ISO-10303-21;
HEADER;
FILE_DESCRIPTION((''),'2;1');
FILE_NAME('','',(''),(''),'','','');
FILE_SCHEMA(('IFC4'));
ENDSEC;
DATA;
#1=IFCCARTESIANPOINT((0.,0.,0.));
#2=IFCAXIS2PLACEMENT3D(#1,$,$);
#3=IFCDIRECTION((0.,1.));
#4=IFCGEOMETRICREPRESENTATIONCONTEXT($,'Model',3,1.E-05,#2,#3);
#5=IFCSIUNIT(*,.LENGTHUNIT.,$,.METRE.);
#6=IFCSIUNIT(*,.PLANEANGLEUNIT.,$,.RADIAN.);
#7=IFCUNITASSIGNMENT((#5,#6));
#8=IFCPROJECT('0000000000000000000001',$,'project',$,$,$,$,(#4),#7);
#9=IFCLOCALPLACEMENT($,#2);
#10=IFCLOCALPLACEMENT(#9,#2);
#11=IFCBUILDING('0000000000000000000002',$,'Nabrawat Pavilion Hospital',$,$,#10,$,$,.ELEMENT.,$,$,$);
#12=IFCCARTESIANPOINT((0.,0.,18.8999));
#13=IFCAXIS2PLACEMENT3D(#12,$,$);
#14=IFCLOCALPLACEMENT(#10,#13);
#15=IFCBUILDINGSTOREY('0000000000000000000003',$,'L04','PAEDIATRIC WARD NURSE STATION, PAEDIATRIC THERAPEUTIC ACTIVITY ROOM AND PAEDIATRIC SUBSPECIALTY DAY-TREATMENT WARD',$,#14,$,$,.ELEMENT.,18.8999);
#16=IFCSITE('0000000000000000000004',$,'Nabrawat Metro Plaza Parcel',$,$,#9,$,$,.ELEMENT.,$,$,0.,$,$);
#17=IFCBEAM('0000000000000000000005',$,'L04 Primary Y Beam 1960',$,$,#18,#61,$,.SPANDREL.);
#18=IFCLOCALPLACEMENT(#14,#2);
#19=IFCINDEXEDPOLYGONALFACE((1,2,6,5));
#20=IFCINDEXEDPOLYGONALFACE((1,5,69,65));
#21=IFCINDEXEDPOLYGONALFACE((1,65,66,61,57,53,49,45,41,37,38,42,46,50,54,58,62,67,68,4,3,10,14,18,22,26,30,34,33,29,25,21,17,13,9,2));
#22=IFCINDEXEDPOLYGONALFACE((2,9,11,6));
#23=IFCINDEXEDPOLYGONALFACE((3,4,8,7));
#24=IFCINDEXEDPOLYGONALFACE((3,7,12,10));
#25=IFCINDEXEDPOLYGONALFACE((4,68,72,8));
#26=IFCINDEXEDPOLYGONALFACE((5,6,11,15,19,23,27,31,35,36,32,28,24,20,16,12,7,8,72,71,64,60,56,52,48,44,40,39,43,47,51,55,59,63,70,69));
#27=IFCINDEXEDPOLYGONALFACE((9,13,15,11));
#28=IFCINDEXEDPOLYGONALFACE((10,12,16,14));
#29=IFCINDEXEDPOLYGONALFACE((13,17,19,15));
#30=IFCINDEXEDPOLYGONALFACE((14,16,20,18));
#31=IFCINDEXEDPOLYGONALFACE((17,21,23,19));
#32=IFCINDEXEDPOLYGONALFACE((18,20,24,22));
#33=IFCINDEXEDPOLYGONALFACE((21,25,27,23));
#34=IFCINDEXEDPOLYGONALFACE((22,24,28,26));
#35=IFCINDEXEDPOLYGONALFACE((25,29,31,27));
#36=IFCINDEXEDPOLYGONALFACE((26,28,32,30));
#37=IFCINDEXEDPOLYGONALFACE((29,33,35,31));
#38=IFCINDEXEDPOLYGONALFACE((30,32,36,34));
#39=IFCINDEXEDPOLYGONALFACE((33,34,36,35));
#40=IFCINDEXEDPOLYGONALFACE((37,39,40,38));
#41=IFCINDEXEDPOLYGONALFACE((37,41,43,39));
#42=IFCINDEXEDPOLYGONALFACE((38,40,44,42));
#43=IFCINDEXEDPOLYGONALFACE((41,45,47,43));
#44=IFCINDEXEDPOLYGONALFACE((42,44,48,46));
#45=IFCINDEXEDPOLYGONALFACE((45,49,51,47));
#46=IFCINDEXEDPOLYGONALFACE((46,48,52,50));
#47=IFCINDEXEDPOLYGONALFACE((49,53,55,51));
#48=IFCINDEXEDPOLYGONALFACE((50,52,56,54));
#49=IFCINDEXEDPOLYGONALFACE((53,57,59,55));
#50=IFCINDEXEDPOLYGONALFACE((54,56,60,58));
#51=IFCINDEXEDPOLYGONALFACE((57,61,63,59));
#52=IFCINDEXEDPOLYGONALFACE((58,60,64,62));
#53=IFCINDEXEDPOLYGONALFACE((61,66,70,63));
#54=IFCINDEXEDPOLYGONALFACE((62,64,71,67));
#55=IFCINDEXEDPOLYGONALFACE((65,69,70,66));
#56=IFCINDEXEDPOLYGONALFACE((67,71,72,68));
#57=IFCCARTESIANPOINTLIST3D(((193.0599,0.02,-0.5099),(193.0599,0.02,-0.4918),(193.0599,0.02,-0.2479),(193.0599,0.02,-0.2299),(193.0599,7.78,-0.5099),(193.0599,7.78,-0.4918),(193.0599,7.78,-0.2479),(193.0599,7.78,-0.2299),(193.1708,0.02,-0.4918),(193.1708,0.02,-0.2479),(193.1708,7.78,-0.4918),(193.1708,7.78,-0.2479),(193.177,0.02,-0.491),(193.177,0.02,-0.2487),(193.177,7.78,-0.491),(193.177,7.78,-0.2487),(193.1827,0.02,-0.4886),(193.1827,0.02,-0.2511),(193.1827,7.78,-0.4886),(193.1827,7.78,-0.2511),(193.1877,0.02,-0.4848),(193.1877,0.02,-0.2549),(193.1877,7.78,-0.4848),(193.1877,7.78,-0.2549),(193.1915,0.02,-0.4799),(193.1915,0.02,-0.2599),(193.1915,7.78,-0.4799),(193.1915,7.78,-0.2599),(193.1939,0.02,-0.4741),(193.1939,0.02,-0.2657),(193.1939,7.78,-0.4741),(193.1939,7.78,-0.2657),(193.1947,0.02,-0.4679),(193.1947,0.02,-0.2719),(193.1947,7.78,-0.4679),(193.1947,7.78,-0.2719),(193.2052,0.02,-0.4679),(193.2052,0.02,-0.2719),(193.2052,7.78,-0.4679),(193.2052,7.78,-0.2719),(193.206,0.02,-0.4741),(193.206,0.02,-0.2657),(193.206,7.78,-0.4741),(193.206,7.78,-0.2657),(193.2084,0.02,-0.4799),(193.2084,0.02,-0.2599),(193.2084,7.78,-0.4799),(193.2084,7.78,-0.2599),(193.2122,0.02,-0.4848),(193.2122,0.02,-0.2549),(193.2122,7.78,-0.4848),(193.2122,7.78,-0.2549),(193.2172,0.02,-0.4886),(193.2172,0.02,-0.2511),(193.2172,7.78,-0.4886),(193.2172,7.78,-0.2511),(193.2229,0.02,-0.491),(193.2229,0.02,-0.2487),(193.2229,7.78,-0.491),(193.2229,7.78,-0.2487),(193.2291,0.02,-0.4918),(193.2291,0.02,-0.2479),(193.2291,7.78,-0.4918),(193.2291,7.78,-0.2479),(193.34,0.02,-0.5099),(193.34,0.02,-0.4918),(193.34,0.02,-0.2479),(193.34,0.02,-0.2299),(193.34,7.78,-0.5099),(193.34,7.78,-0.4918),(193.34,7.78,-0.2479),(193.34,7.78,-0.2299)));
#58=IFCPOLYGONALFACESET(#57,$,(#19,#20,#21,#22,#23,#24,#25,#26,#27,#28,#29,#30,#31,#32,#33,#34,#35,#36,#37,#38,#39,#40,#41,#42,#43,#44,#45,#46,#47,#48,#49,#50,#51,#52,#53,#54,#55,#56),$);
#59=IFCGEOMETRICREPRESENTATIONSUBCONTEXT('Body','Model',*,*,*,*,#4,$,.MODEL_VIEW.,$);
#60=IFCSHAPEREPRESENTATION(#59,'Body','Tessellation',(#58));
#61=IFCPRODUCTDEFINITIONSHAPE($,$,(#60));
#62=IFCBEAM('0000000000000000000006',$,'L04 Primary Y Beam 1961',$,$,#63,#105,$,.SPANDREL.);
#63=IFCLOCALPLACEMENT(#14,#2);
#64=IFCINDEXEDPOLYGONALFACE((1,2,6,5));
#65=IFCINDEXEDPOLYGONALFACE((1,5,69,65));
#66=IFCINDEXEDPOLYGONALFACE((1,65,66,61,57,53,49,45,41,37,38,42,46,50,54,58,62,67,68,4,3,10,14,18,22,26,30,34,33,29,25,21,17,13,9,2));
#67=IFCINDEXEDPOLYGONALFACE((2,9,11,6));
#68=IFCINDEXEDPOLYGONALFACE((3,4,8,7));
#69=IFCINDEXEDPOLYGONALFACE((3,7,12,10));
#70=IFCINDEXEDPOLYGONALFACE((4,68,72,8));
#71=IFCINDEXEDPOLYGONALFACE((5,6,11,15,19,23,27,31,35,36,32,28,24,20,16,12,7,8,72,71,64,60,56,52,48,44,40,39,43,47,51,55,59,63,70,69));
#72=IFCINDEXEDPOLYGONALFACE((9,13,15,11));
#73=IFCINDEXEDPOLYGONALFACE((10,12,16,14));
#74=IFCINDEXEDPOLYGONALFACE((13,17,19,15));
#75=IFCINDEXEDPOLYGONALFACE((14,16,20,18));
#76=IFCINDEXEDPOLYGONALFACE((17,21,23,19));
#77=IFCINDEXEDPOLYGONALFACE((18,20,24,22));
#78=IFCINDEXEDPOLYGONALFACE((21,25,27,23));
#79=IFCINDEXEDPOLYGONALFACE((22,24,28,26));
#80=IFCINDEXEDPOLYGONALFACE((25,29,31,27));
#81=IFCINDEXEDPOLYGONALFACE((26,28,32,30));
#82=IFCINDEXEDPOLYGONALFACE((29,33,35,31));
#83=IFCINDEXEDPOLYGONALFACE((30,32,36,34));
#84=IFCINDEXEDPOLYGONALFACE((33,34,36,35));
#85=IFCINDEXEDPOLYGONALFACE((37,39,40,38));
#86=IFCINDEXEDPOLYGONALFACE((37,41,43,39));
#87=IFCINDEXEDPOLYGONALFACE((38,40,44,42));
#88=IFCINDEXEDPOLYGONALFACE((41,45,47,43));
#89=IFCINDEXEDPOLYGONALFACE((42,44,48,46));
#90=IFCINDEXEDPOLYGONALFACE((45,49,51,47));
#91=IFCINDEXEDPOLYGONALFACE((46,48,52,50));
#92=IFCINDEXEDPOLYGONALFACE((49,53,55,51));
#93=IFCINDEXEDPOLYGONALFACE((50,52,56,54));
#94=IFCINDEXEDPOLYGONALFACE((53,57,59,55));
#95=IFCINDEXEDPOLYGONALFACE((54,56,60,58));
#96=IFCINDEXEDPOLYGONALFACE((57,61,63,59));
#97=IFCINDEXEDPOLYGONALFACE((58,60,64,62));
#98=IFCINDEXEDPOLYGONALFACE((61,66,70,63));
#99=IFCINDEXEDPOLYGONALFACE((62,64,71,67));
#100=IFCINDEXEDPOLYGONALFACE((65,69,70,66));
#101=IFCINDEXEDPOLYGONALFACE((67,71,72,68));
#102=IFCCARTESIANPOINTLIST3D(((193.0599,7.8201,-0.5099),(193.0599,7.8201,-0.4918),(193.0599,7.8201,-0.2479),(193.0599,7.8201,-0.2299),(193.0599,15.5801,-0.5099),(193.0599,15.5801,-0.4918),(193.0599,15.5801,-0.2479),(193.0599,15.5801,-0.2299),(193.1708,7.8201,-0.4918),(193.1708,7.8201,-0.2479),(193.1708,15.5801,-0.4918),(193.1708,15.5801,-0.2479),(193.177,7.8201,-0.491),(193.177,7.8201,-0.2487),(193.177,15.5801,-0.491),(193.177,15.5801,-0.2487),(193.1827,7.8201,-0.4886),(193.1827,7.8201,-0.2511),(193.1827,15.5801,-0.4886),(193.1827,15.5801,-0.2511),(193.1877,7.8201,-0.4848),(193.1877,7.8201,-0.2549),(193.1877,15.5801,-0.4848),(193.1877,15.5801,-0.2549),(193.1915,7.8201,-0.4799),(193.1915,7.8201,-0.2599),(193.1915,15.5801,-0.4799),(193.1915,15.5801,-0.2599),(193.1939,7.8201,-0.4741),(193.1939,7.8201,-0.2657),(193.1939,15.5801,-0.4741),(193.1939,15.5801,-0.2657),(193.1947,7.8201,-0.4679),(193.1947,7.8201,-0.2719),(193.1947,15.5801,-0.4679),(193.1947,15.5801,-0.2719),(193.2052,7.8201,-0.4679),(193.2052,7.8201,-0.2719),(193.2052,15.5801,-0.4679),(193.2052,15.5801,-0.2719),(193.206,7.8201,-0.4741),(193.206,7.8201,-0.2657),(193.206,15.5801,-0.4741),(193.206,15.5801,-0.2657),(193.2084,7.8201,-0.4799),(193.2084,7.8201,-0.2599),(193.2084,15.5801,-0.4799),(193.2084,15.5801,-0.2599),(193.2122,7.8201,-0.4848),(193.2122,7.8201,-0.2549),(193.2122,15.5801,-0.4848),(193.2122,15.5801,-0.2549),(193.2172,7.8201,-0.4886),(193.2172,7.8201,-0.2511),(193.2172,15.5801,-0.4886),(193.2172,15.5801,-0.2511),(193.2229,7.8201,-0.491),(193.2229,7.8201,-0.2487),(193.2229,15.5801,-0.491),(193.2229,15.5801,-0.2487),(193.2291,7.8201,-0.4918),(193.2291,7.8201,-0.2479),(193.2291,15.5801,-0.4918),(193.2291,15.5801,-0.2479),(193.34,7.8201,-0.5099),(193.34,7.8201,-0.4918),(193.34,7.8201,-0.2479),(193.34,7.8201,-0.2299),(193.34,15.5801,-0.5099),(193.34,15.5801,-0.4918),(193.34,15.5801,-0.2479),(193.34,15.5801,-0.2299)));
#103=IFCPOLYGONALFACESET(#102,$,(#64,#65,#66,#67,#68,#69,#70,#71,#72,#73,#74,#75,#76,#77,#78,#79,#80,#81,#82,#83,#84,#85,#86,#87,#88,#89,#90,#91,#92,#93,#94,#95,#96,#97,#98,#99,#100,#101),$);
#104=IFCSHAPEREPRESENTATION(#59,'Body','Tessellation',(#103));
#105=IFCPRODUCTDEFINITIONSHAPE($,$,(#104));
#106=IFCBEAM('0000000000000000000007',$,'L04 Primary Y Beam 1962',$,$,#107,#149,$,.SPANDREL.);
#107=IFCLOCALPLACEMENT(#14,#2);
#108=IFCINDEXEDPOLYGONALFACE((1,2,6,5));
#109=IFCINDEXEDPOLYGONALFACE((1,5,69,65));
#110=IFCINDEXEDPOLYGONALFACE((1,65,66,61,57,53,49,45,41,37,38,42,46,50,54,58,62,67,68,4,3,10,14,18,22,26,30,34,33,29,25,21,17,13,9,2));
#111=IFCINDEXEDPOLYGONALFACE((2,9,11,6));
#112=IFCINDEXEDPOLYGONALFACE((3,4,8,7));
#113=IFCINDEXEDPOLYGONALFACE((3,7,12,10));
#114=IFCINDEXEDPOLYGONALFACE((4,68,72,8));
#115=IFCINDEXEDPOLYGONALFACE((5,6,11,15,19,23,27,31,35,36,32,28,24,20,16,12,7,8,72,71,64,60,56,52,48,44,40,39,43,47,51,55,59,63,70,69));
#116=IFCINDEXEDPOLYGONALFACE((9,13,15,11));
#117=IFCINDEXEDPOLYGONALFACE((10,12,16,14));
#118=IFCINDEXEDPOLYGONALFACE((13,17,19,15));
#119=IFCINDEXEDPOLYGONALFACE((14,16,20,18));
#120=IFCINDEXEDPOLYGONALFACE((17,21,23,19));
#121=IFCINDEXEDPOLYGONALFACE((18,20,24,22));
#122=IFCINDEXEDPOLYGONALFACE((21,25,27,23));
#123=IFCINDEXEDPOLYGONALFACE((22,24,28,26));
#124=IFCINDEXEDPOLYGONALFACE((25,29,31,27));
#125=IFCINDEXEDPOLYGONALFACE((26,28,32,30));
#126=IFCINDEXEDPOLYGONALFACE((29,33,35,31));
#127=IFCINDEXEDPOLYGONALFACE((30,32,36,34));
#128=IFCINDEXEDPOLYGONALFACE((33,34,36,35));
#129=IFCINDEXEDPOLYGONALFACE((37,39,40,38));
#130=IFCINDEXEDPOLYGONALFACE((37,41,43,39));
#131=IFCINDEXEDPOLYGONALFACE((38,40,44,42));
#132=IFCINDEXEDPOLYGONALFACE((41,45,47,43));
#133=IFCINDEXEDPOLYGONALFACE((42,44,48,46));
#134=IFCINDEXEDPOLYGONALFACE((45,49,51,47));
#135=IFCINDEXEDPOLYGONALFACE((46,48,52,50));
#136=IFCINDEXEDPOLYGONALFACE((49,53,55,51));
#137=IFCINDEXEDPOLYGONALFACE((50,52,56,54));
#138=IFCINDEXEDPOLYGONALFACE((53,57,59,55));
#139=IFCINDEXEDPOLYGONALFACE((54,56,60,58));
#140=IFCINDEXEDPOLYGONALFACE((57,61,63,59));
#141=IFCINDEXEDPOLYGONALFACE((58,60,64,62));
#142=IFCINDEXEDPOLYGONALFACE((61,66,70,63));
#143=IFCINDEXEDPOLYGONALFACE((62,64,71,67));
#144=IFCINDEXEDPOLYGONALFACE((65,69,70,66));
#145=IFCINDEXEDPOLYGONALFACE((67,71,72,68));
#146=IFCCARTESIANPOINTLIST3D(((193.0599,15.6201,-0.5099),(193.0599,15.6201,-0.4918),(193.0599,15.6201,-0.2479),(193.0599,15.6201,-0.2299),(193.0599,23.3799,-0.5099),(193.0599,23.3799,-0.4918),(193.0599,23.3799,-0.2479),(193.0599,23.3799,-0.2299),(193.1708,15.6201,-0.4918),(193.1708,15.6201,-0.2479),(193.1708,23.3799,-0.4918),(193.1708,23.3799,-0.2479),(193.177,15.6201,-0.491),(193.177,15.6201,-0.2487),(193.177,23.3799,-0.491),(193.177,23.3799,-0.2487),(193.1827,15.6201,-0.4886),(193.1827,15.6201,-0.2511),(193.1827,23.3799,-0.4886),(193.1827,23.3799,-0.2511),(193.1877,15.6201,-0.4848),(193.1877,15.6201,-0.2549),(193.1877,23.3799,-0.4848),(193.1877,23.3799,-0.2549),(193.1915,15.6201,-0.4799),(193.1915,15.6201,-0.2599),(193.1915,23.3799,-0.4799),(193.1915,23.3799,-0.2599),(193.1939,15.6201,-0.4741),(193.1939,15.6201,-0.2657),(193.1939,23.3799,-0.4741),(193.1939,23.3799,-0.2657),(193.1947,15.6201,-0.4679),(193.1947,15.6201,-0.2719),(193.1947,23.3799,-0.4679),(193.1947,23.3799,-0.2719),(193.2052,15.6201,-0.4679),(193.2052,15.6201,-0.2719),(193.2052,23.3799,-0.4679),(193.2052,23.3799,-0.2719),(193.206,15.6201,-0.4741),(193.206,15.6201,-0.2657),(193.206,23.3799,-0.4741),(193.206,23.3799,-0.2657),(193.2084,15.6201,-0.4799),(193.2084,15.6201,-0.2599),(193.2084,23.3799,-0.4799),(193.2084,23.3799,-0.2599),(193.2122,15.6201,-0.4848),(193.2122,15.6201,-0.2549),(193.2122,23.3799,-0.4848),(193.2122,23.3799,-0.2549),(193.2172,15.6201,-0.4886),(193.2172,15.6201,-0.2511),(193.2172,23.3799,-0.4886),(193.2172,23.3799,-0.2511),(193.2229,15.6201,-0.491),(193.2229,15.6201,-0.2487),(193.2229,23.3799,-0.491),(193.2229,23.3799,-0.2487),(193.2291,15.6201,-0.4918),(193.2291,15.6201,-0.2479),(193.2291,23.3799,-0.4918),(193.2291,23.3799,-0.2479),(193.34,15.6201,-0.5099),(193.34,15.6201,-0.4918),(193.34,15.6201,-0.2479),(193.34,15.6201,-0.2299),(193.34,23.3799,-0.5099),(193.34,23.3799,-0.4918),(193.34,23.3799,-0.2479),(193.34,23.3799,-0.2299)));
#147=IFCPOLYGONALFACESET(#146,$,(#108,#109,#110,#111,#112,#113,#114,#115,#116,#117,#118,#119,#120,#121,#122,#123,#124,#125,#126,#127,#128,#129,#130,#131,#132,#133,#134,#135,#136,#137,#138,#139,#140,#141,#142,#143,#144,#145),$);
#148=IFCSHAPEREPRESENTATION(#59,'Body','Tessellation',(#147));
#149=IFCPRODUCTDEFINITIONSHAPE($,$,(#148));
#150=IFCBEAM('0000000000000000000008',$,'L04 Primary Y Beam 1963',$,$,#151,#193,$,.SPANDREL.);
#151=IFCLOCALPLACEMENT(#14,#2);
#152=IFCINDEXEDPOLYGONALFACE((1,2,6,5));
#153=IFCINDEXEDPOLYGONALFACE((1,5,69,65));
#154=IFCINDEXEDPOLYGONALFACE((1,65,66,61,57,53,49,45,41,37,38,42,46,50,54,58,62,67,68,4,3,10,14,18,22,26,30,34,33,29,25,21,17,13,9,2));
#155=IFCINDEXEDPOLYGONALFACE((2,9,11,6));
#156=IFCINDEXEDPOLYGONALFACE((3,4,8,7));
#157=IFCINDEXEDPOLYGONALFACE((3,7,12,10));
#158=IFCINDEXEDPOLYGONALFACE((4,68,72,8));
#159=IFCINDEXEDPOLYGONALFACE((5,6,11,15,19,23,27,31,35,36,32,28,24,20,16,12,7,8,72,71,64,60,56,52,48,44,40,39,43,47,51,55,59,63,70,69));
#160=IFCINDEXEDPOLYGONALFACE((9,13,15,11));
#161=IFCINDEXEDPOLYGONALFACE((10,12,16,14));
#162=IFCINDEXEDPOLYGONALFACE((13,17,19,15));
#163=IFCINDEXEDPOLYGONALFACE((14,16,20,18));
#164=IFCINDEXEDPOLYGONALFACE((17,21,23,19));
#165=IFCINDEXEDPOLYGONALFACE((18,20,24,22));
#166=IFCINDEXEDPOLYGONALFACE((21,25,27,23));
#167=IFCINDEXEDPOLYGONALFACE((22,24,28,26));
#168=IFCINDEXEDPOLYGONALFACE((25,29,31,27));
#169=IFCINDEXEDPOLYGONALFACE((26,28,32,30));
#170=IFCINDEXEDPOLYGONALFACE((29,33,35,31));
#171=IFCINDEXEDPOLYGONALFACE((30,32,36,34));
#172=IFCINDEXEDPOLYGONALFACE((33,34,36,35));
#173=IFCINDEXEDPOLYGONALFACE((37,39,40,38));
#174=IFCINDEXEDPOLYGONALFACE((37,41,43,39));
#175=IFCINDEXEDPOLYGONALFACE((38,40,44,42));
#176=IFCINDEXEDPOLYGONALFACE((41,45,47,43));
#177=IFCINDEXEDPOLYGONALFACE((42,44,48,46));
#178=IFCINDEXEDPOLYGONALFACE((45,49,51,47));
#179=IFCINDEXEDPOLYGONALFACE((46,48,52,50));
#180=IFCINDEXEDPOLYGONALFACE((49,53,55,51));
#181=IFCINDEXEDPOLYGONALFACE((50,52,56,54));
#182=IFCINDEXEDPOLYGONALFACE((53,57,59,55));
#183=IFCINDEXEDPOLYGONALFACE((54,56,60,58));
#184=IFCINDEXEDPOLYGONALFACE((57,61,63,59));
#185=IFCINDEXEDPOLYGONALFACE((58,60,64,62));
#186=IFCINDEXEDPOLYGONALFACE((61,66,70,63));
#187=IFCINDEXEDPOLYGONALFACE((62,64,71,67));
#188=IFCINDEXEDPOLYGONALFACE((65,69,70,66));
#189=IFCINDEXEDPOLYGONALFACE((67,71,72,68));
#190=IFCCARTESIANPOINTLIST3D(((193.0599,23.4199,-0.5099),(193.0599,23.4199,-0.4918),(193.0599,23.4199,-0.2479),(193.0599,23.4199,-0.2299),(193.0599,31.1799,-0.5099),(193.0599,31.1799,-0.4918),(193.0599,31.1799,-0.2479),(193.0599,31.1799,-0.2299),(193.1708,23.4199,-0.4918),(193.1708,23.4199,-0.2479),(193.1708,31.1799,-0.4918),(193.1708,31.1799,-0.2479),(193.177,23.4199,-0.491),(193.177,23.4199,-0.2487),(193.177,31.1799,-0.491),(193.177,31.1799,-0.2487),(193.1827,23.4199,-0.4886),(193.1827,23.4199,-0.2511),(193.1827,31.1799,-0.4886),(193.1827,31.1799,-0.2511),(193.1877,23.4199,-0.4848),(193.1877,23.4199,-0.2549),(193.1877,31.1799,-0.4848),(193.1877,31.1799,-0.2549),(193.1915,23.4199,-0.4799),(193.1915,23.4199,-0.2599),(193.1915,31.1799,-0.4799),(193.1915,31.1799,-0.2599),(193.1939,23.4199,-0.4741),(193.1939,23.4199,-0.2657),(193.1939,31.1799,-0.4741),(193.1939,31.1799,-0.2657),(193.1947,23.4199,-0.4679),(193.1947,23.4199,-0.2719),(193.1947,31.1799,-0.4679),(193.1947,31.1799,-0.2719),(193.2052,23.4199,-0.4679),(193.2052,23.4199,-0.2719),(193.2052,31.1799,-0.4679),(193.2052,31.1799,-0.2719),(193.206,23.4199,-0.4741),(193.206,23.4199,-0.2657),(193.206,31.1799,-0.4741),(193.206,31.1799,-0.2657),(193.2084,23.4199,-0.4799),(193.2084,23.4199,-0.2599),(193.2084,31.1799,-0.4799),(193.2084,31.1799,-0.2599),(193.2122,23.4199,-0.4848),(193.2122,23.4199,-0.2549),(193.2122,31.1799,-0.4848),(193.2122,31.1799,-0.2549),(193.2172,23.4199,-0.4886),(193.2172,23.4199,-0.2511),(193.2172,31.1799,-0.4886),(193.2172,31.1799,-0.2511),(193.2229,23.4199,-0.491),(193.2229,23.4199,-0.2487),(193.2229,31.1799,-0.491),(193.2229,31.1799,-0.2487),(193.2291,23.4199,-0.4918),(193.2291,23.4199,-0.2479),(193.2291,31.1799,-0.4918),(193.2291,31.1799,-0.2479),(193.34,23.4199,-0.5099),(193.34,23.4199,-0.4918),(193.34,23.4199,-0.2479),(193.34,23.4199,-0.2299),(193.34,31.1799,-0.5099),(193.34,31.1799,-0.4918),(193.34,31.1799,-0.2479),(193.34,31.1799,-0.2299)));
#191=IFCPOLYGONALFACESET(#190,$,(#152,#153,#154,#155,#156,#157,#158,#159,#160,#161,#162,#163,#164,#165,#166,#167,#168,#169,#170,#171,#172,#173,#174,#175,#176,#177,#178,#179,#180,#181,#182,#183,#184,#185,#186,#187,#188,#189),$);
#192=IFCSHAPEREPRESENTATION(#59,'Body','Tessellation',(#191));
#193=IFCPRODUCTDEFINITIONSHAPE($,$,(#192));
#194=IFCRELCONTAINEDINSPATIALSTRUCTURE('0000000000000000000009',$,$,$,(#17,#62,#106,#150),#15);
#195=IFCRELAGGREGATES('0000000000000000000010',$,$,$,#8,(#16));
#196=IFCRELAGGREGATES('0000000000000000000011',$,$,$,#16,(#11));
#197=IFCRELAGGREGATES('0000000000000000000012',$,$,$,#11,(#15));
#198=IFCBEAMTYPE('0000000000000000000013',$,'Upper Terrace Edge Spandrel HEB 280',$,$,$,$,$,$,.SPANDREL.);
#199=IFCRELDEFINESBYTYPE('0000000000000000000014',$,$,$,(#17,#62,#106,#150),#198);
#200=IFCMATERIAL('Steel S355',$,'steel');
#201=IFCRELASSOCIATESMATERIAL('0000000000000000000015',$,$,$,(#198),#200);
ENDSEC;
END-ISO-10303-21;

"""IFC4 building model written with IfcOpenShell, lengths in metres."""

from ifc_helpers import new_model, si_unit, direction, frame, origin, origin_2d, place, context, subcontext, project, spatial, i_section, extrude, material, material_profile, profile_set, type_object, element, save


model = new_model("IFC4")

# Units and contexts
model_context = context("Model", 3, precision=1e-05, world=origin(), true_north=direction((0.0, 1.0)))
body_context = subcontext(model_context, "Body", "Model", "MODEL_VIEW")
ifc_project = project(units=[si_unit("LENGTHUNIT", "METRE"), si_unit("PLANEANGLEUNIT", "RADIAN")], contexts=[model_context])

# Site, building, storey
site_placement = place(None, origin())
site = spatial("IfcSite", under=ifc_project, at=site_placement, Name="Nabrawat Metro Plaza Parcel", CompositionType="ELEMENT", RefElevation=0.0)
building_placement = place(site_placement, origin())
building = spatial("IfcBuilding", under=site, at=building_placement, Name="Nabrawat Pavilion Hospital", CompositionType="ELEMENT")
storey_placement = place(building_placement, frame((0.0, 0.0, 18.8999)))
storey = spatial("IfcBuildingStorey", under=building, at=storey_placement, Name="L04", Description="PAEDIATRIC WARD NURSE STATION, PAEDIATRIC THERAPEUTIC ACTIVITY ROOM AND PAEDIATRIC SUBSPECIALTY DAY-TREATMENT WARD", CompositionType="ELEMENT", Elevation=18.8999)

# Beams
ifc_material_1 = material(Name="Steel S355", Category="steel")
ifc_material_profile_1 = material_profile(ifc_material_1, i_section(OverallWidth=0.28, OverallDepth=0.28, WebThickness=0.0105, FlangeThickness=0.0181, FilletRadius=0.0239, at=origin_2d()), Name="HEB 280")
ifc_profile_set_1 = profile_set([ifc_material_profile_1], Name="Steel S355")
beam_type = type_object("IfcBeamType", Name="Upper Terrace Edge Spandrel HEB 280", PredefinedType="SPANDREL", material=ifc_profile_set_1)
for number, where, z_axis, x_axis, name in (
    (1, (193.2, 0.02, -0.3699), (0.0, 1.0, 0.0), (-1.0, 0.0, 0.0), "L04 Primary Y Beam 1960"),
    (2, (193.2, 7.8201, -0.3699), (0.0, 1.0, 0.0), (-1.0, 0.0, 0.0), "L04 Primary Y Beam 1961"),
):
    element("IfcBeam", number, at=place(storey_placement, frame(where, z_axis=z_axis, x_axis=x_axis)), inside=storey, type_object=beam_type, Name=name, PredefinedType="SPANDREL", context=body_context, shape_type="SweptSolid", body=[
        extrude(i_section(OverallWidth=0.28, OverallDepth=0.28, WebThickness=0.0105, FlangeThickness=0.0181, FilletRadius=0.0239, at=origin_2d()), origin(), (0.0, 0.0, 1.0), 7.76),
    ])
beam_1_placement = place(storey_placement, frame((193.2, 15.6201, -0.3699), z_axis=(0.0, 1.0, 0.0), x_axis=(-1.0, 0.0, 0.0)))
element("IfcBeam", 3, at=beam_1_placement, inside=storey, type_object=beam_type, Name="L04 Primary Y Beam 1962", PredefinedType="SPANDREL", context=body_context, shape_type="SweptSolid", body=[
    extrude(i_section(OverallWidth=0.28, OverallDepth=0.28, WebThickness=0.0105, FlangeThickness=0.0181, FilletRadius=0.0239, at=origin_2d()), origin(), (0.0, 0.0, 1.0), 7.7598),
])
beam_2_placement = place(storey_placement, frame((193.2, 23.4199, -0.3699), z_axis=(0.0, 1.0, 0.0), x_axis=(-1.0, 0.0, 0.0)))
element("IfcBeam", 4, at=beam_2_placement, inside=storey, type_object=beam_type, Name="L04 Primary Y Beam 1963", PredefinedType="SPANDREL", context=body_context, shape_type="SweptSolid", body=[
    extrude(i_section(OverallWidth=0.28, OverallDepth=0.28, WebThickness=0.0105, FlangeThickness=0.0181, FilletRadius=0.0239, at=origin_2d()), origin(), (0.0, 0.0, 1.0), 7.76),
])

save(model, "model.ifc")
